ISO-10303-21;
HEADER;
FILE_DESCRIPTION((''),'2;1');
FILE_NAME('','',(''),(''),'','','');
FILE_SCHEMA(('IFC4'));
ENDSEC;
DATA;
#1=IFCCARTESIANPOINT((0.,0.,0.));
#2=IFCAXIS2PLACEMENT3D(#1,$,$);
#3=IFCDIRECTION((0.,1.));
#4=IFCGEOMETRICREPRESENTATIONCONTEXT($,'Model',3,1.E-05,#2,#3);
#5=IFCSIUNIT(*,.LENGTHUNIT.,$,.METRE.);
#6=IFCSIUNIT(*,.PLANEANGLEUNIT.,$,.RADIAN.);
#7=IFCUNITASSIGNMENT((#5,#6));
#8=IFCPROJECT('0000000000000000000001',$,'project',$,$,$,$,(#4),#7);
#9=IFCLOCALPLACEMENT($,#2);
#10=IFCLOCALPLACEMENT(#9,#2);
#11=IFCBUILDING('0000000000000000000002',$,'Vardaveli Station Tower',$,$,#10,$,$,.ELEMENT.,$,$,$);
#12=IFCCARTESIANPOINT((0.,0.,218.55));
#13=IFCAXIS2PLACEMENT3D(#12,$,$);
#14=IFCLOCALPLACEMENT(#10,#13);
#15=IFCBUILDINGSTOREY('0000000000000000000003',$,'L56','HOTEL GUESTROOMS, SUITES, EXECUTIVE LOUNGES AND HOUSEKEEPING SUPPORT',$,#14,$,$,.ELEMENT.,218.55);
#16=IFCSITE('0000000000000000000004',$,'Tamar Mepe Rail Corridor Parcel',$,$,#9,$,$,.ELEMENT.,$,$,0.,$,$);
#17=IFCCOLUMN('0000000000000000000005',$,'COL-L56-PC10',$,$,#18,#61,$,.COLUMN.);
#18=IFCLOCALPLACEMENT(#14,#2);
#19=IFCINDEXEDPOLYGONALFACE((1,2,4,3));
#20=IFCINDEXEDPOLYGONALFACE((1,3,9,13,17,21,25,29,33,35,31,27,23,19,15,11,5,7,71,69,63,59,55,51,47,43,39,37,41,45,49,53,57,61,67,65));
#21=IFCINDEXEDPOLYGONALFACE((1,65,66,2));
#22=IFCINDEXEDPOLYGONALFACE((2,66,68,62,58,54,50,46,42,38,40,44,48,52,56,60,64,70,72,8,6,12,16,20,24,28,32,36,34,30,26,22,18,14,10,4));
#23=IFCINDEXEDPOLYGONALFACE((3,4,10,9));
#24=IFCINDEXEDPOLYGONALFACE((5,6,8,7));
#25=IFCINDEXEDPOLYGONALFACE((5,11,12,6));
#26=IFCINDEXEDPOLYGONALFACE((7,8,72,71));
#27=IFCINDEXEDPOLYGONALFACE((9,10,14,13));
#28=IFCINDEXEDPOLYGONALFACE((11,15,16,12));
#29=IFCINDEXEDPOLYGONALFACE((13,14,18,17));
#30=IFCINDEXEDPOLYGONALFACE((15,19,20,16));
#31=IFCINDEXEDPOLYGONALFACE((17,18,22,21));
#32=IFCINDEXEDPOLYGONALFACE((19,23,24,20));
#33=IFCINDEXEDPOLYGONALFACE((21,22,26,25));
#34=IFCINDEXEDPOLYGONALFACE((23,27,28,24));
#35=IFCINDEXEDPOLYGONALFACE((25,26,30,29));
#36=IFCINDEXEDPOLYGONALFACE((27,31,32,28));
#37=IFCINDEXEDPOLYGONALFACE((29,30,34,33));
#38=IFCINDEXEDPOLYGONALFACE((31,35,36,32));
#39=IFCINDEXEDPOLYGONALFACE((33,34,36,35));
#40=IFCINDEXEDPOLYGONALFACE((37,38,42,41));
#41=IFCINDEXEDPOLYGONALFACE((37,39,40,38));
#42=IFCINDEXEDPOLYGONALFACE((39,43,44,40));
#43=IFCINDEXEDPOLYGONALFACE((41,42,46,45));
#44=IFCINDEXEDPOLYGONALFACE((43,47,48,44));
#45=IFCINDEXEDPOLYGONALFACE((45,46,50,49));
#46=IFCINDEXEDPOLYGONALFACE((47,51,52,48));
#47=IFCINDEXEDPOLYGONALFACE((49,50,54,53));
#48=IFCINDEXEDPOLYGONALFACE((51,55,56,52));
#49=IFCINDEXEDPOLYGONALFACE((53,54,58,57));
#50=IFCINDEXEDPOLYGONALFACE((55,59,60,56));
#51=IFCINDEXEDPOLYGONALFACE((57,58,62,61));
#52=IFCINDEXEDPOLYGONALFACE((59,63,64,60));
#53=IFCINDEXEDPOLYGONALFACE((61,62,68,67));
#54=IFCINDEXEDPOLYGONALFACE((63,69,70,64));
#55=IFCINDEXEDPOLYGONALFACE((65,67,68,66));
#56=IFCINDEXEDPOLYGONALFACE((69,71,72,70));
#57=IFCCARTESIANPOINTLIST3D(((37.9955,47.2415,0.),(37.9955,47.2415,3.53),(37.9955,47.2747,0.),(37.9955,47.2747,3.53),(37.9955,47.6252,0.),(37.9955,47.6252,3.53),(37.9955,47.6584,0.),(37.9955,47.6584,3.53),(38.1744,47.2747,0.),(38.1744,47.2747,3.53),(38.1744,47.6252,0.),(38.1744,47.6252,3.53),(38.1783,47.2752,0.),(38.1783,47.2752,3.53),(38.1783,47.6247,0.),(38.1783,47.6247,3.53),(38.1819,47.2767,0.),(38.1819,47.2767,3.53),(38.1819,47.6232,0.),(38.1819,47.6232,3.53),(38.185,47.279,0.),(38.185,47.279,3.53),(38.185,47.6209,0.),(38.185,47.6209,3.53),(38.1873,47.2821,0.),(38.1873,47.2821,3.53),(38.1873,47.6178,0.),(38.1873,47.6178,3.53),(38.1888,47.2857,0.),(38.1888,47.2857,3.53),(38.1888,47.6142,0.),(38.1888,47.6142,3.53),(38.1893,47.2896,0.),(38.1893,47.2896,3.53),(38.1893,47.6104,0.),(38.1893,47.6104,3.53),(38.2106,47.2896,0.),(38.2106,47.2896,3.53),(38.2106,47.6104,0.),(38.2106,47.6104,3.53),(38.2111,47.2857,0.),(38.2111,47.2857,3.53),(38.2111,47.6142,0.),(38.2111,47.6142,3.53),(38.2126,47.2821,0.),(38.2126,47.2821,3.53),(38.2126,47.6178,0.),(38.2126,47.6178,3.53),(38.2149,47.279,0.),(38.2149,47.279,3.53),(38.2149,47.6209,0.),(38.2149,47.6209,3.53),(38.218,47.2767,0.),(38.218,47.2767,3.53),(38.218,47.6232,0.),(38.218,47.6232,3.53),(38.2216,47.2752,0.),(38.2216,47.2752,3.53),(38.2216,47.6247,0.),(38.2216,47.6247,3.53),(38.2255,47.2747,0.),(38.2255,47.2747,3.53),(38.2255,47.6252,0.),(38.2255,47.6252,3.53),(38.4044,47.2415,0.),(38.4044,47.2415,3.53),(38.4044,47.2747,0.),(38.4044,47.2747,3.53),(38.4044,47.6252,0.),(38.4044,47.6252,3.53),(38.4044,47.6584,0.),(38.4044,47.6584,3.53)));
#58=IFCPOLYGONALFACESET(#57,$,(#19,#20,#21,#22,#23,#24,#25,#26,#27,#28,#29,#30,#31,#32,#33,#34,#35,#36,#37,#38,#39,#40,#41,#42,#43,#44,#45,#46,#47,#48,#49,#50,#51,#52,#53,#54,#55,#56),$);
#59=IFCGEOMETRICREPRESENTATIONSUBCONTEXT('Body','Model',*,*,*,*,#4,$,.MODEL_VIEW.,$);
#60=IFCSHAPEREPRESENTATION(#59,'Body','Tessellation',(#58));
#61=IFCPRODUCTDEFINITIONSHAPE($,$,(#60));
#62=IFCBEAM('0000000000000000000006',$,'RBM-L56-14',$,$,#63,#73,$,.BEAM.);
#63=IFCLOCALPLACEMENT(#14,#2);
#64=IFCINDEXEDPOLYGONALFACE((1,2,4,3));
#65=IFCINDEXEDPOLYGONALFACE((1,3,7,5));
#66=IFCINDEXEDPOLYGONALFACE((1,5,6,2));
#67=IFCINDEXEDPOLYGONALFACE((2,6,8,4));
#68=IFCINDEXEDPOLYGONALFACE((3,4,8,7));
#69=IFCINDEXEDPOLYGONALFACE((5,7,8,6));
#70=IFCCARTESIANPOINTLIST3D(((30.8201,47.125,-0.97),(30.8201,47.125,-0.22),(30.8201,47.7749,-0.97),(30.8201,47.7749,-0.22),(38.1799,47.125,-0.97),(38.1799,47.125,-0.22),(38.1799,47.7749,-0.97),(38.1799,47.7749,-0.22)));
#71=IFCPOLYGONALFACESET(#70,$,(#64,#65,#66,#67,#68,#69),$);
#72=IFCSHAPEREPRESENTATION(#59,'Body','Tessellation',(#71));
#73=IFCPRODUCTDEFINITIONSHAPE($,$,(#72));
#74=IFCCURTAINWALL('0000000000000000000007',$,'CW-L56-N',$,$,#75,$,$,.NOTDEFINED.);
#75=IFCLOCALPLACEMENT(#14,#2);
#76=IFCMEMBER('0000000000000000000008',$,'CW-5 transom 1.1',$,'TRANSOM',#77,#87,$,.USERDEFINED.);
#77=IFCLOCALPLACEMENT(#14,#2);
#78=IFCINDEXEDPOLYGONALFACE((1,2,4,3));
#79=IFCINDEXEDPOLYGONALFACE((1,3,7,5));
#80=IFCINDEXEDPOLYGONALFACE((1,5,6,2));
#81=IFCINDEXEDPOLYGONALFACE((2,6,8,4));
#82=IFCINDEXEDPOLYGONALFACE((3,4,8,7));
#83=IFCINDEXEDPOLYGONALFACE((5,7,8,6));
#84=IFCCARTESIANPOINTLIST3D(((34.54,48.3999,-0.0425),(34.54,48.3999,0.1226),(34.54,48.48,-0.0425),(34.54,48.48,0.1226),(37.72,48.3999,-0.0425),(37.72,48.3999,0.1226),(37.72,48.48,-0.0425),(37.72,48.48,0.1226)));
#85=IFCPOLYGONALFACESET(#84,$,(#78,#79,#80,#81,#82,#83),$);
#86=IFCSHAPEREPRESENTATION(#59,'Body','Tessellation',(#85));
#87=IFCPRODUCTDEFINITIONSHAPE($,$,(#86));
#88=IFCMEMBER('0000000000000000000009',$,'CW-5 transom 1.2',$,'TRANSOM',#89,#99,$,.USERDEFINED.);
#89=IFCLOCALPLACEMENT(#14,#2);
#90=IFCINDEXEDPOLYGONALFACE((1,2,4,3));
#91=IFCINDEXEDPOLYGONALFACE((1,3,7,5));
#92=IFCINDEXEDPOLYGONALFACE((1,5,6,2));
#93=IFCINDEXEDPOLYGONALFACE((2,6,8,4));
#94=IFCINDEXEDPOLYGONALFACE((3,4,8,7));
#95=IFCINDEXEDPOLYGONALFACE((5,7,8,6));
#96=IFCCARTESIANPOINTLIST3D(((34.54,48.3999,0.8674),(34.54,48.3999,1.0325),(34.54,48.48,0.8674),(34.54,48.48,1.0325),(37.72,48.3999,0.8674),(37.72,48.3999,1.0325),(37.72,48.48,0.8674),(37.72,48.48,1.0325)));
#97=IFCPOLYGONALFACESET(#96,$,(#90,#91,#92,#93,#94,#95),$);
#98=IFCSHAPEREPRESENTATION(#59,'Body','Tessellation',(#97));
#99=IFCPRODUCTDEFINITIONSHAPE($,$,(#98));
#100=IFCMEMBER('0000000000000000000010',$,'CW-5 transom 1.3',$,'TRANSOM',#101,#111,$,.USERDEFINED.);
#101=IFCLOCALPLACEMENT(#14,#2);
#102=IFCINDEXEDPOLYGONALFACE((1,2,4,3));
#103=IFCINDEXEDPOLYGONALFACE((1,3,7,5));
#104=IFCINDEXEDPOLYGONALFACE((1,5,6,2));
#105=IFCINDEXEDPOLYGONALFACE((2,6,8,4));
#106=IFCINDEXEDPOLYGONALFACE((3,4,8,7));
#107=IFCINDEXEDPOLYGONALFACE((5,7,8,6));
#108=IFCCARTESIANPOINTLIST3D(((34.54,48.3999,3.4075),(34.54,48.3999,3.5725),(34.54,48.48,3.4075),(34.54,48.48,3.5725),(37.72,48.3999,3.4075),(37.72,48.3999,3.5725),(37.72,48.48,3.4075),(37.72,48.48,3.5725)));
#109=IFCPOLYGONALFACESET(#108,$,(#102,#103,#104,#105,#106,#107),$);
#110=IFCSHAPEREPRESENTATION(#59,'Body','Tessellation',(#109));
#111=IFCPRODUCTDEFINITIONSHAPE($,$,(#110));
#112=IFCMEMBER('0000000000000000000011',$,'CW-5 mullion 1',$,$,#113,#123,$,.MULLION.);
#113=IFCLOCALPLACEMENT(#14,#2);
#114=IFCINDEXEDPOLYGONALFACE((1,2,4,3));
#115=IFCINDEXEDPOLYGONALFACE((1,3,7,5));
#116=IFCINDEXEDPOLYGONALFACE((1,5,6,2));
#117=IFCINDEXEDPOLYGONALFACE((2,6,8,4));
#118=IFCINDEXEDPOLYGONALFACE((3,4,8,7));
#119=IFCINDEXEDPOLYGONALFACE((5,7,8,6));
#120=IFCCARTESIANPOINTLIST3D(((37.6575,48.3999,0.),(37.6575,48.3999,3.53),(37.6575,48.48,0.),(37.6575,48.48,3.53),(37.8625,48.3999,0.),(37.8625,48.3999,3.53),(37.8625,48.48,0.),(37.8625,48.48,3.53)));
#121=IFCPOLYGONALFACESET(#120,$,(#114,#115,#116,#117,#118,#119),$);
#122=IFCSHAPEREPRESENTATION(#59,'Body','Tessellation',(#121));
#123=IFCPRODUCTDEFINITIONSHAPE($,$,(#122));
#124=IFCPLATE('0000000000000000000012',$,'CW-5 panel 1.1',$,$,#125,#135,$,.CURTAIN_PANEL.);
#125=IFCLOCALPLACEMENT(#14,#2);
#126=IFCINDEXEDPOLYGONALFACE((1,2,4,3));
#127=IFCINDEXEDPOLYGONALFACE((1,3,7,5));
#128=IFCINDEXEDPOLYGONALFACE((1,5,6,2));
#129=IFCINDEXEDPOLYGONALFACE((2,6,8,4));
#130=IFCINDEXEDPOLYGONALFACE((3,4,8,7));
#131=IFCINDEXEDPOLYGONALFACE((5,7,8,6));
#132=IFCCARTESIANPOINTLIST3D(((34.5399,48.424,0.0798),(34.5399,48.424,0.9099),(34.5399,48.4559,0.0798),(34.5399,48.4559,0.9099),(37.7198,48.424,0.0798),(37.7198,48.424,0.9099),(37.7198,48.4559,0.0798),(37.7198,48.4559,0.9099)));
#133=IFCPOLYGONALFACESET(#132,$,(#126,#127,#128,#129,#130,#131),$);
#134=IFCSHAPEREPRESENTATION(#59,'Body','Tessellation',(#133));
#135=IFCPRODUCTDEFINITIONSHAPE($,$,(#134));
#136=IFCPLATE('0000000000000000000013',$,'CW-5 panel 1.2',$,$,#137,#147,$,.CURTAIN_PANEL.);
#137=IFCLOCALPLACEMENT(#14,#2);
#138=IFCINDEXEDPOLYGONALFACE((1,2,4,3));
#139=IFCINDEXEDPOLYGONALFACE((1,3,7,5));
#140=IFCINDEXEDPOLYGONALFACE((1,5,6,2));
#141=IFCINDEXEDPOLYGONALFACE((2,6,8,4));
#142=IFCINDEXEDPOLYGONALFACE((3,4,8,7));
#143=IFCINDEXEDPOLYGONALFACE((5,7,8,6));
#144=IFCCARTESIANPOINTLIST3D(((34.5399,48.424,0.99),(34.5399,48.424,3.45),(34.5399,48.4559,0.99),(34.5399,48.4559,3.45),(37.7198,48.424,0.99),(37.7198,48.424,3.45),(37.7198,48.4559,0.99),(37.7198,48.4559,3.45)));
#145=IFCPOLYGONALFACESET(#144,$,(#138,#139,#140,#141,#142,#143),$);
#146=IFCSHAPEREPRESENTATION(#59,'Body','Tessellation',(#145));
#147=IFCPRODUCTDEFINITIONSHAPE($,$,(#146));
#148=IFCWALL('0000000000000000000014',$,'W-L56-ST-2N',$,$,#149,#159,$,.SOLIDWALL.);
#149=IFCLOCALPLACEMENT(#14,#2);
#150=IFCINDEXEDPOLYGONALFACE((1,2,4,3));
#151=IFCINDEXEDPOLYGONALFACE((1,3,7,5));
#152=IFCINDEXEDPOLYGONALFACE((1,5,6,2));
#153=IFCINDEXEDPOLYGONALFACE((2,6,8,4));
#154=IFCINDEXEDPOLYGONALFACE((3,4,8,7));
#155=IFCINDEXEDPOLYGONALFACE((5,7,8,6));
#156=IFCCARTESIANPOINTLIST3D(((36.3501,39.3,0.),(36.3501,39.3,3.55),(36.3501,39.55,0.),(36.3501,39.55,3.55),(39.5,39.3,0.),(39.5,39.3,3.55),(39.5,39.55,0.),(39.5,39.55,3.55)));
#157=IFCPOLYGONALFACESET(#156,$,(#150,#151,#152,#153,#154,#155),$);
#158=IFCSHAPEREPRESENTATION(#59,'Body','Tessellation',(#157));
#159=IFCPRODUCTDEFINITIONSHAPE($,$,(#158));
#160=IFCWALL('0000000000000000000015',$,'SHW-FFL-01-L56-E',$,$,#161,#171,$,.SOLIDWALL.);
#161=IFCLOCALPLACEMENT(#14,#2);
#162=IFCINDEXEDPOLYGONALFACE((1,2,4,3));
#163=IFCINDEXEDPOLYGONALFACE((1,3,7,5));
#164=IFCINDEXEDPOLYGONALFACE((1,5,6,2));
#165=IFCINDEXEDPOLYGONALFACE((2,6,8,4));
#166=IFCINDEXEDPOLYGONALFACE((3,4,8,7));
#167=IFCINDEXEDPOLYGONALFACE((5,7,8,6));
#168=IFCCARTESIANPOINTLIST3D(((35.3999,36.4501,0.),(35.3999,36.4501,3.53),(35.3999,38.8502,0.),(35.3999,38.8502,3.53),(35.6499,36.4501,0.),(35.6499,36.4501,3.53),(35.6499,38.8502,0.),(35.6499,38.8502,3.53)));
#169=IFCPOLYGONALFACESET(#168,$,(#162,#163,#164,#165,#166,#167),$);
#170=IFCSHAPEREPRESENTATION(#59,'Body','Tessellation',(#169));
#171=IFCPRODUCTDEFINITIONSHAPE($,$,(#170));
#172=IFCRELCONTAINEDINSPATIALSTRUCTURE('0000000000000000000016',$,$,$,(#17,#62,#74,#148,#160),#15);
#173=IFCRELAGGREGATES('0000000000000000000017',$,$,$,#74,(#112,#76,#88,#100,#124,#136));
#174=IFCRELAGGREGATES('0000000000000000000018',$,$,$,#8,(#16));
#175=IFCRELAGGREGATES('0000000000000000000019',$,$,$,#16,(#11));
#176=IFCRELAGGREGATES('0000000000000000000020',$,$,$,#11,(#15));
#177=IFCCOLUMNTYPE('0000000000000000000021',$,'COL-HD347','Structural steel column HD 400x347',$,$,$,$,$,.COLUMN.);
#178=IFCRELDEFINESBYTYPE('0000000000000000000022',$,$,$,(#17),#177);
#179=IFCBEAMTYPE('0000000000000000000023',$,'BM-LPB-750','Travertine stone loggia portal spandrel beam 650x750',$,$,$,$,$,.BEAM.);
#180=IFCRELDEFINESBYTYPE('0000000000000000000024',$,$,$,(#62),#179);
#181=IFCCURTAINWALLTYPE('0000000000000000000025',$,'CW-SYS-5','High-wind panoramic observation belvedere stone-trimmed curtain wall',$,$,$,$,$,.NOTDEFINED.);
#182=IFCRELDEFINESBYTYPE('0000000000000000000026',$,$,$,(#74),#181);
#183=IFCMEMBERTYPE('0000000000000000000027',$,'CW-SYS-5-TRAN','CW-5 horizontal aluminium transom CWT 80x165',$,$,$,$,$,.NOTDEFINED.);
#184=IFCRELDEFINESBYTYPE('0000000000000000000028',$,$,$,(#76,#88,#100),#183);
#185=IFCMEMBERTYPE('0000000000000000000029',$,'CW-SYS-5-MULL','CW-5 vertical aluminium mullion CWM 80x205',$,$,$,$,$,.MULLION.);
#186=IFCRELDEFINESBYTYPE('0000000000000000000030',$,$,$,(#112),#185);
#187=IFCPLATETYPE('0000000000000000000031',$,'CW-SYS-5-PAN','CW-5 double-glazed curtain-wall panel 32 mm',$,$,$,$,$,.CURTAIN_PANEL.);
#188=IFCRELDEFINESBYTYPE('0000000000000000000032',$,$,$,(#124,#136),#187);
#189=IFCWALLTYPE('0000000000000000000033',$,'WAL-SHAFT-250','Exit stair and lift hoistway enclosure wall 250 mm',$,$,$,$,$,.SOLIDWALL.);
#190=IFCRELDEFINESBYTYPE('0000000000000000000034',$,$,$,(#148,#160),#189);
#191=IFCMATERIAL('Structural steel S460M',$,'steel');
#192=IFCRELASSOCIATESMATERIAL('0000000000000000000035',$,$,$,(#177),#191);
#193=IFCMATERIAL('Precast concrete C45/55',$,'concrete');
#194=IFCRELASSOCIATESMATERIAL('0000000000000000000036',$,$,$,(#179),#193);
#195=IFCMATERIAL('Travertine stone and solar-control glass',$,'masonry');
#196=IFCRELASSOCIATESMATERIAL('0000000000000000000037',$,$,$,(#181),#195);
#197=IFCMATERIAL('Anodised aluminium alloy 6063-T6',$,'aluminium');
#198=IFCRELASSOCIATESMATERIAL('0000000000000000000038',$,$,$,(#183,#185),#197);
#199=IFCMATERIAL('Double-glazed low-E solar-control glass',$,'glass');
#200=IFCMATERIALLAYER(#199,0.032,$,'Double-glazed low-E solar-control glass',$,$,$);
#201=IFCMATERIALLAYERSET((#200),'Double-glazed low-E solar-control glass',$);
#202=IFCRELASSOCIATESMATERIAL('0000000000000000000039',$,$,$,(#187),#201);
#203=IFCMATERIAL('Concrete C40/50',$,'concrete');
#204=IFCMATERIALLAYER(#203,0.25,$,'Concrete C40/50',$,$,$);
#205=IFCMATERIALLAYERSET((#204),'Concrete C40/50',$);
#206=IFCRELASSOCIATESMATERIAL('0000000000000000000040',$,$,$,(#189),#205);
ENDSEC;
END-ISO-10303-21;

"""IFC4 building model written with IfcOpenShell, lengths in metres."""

from ifc_helpers import new_model, si_unit, direction, frame, frame_2d, origin, origin_2d, place, context, subcontext, project, spatial, rectangle, i_section, extrude, source, transform, mapped, material, layer, layer_set, material_profile, profile_set, type_object, element, aggregate, save


model = new_model("IFC4")

# Units and contexts
model_context = context("Model", 3, precision=1e-05, world=origin(), true_north=direction((0.0, 1.0)))
body_context = subcontext(model_context, "Body", "Model", "MODEL_VIEW")
ifc_project = project(units=[si_unit("LENGTHUNIT", "METRE"), si_unit("PLANEANGLEUNIT", "RADIAN")], contexts=[model_context])

# Site, building, storey
site_placement = place(None, origin())
site = spatial("IfcSite", under=ifc_project, at=site_placement, Name="Tamar Mepe Rail Corridor Parcel", CompositionType="ELEMENT", RefElevation=0.0)
building_placement = place(site_placement, origin())
building = spatial("IfcBuilding", under=site, at=building_placement, Name="Vardaveli Station Tower", CompositionType="ELEMENT")
storey_placement = place(building_placement, frame((0.0, 0.0, 218.55)))
storey = spatial("IfcBuildingStorey", under=building, at=storey_placement, Name="L56", Description="HOTEL GUESTROOMS, SUITES, EXECUTIVE LOUNGES AND HOUSEKEEPING SUPPORT", CompositionType="ELEMENT", Elevation=218.55)

# Column
ifc_material_1 = material(Name="Structural steel S460M", Category="steel")
ifc_material_profile_1 = material_profile(ifc_material_1, i_section(OverallWidth=0.4089, OverallDepth=0.417, WebThickness=0.0212, FlangeThickness=0.0332, FilletRadius=0.0149, at=origin_2d()), Name="HD 400x347")
ifc_profile_set_1 = profile_set([ifc_material_profile_1], Name="Structural steel S460M")
column_type = type_object("IfcColumnType", Name="COL-HD347", Description="Structural steel column HD 400x347", PredefinedType="COLUMN", material=ifc_profile_set_1)
shared_shape_1 = source(origin(), body_context, "Body", "SweptSolid", [
    extrude(i_section(OverallWidth=0.4089, OverallDepth=0.417, WebThickness=0.0212, FlangeThickness=0.0332, FilletRadius=0.0149, at=origin_2d()), origin(), (0.0, 0.0, 1.0), 3.53),
])
column_placement = place(storey_placement, frame((38.2, 47.45, 0.0), z_axis=(0.0, 0.0, 1.0), x_axis=(1.0, 0.0, 0.0)))
element("IfcColumn", 1, at=column_placement, inside=storey, type_object=column_type, Name="COL-L56-PC10", PredefinedType="COLUMN", context=body_context, shape_type="MappedRepresentation", body=[
    mapped(shared_shape_1, transform((0.0, 0.0, 0.0), scale=1.0)),
])

# Beam
ifc_material_2 = material(Name="Precast concrete C45/55", Category="concrete")
ifc_material_profile_2 = material_profile(ifc_material_2, rectangle(XDim=0.6499, YDim=0.75, at=origin_2d()), Name="LPB 650x750")
ifc_profile_set_2 = profile_set([ifc_material_profile_2], Name="Precast concrete C45/55")
beam_type = type_object("IfcBeamType", Name="BM-LPB-750", Description="Travertine stone loggia portal spandrel beam 650x750", PredefinedType="BEAM", material=ifc_profile_set_2)
shared_shape_2 = source(origin(), body_context, "Body", "SweptSolid", [
    extrude(rectangle(XDim=0.6499, YDim=0.75, at=origin_2d()), origin(), (0.0, 0.0, 1.0), 7.3599),
])
beam_placement = place(storey_placement, frame((38.1799, 47.45, -0.595), z_axis=(-1.0, 0.0, 0.0), x_axis=(0.0, -1.0, 0.0)))
element("IfcBeam", 2, at=beam_placement, inside=storey, type_object=beam_type, Name="RBM-L56-14", PredefinedType="BEAM", context=body_context, shape_type="MappedRepresentation", body=[
    mapped(shared_shape_2, transform((0.0, 0.0, 0.0), scale=1.0)),
])

# Curtain wall, members, plates
ifc_material_3 = material(Name="Travertine stone and solar-control glass", Category="masonry")
curtain_wall_type = type_object("IfcCurtainWallType", Name="CW-SYS-5", Description="High-wind panoramic observation belvedere stone-trimmed curtain wall", PredefinedType="NOTDEFINED", material=ifc_material_3)
curtain_wall_placement = place(storey_placement, origin())
curtain_wall = element("IfcCurtainWall", 3, at=curtain_wall_placement, inside=storey, type_object=curtain_wall_type, Name="CW-L56-N", PredefinedType="NOTDEFINED")
ifc_material_4 = material(Name="Anodised aluminium alloy 6063-T6", Category="aluminium")
ifc_material_profile_3 = material_profile(ifc_material_4, rectangle(XDim=0.0801, YDim=0.165, at=origin_2d()), Name="CWT 80x165")
ifc_profile_set_3 = profile_set([ifc_material_profile_3], Name="Anodised aluminium alloy 6063-T6")
member_type_1 = type_object("IfcMemberType", Name="CW-SYS-5-TRAN", Description="CW-5 horizontal aluminium transom CWT 80x165", PredefinedType="NOTDEFINED", material=ifc_profile_set_3)
shared_shape_3 = source(origin(), body_context, "Body", "SweptSolid", [
    extrude(rectangle(XDim=0.0801, YDim=0.165, at=origin_2d()), origin(), (0.0, 0.0, 1.0), 3.1799),
])
member_1_placement = place(storey_placement, frame((37.72, 48.4399, 0.04), z_axis=(-1.0, 0.0, 0.0), x_axis=(0.0, -1.0, 0.0)))
member_1 = element("IfcMember", 4, at=member_1_placement, type_object=member_type_1, Name="CW-5 transom 1.1", ObjectType="TRANSOM", PredefinedType="USERDEFINED", context=body_context, shape_type="MappedRepresentation", body=[
    mapped(shared_shape_3, transform((0.0, 0.0, 0.0), scale=1.0)),
])
member_2_placement = place(storey_placement, frame((37.72, 48.4399, 0.95), z_axis=(-1.0, 0.0, 0.0), x_axis=(0.0, -1.0, 0.0)))
member_2 = element("IfcMember", 5, at=member_2_placement, type_object=member_type_1, Name="CW-5 transom 1.2", ObjectType="TRANSOM", PredefinedType="USERDEFINED", context=body_context, shape_type="MappedRepresentation", body=[
    mapped(shared_shape_3, transform((0.0, 0.0, 0.0), scale=1.0)),
])
member_3_placement = place(storey_placement, frame((37.72, 48.4399, 3.49), z_axis=(-1.0, 0.0, 0.0), x_axis=(0.0, -1.0, 0.0)))
member_3 = element("IfcMember", 6, at=member_3_placement, type_object=member_type_1, Name="CW-5 transom 1.3", ObjectType="TRANSOM", PredefinedType="USERDEFINED", context=body_context, shape_type="MappedRepresentation", body=[
    mapped(shared_shape_3, transform((0.0, 0.0, 0.0), scale=1.0)),
])
ifc_material_profile_4 = material_profile(ifc_material_4, rectangle(XDim=0.0801, YDim=0.2051, at=origin_2d()), Name="CWM 80x205")
ifc_profile_set_4 = profile_set([ifc_material_profile_4], Name="Anodised aluminium alloy 6063-T6")
member_type_2 = type_object("IfcMemberType", Name="CW-SYS-5-MULL", Description="CW-5 vertical aluminium mullion CWM 80x205", PredefinedType="MULLION", material=ifc_profile_set_4)
shared_shape_4 = source(origin(), body_context, "Body", "SweptSolid", [
    extrude(rectangle(XDim=0.0801, YDim=0.2051, at=origin_2d()), origin(), (0.0, 0.0, 1.0), 3.53),
])
member_4_placement = place(storey_placement, frame((37.76, 48.4399, 0.0), z_axis=(0.0, 0.0, 1.0), x_axis=(0.0, -1.0, 0.0)))
member_4 = element("IfcMember", 7, at=member_4_placement, type_object=member_type_2, Name="CW-5 mullion 1", PredefinedType="MULLION", context=body_context, shape_type="MappedRepresentation", body=[
    mapped(shared_shape_4, transform((0.0, 0.0, 0.0), scale=1.0)),
])
ifc_material_5 = material(Name="Double-glazed low-E solar-control glass", Category="glass")
ifc_layer_1 = layer(ifc_material_5, 0.032, Name="Double-glazed low-E solar-control glass")
ifc_layer_set_1 = layer_set([ifc_layer_1], Name="Double-glazed low-E solar-control glass")
plate_type = type_object("IfcPlateType", Name="CW-SYS-5-PAN", Description="CW-5 double-glazed curtain-wall panel 32 mm", PredefinedType="CURTAIN_PANEL", material=ifc_layer_set_1)
shared_shape_5 = source(origin(), body_context, "Body", "SweptSolid", [
    extrude(rectangle(XDim=3.1799, YDim=0.032, at=origin_2d()), origin(), (0.0, 0.0, 1.0), 0.8301),
])
plate_1_placement = place(storey_placement, frame((36.1299, 48.4399, 0.0798), z_axis=(0.0, 0.0, 1.0), x_axis=(-1.0, 0.0, 0.0)))
plate_1 = element("IfcPlate", 8, at=plate_1_placement, type_object=plate_type, Name="CW-5 panel 1.1", PredefinedType="CURTAIN_PANEL", context=body_context, shape_type="MappedRepresentation", body=[
    mapped(shared_shape_5, transform((0.0, 0.0, 0.0), scale=1.0)),
])
shared_shape_6 = source(origin(), body_context, "Body", "SweptSolid", [
    extrude(rectangle(XDim=3.1799, YDim=0.032, at=origin_2d()), origin(), (0.0, 0.0, 1.0), 2.46),
])
plate_2_placement = place(storey_placement, frame((36.1299, 48.4399, 0.99), z_axis=(0.0, 0.0, 1.0), x_axis=(-1.0, 0.0, 0.0)))
plate_2 = element("IfcPlate", 9, at=plate_2_placement, type_object=plate_type, Name="CW-5 panel 1.2", PredefinedType="CURTAIN_PANEL", context=body_context, shape_type="MappedRepresentation", body=[
    mapped(shared_shape_6, transform((0.0, 0.0, 0.0), scale=1.0)),
])
aggregate(curtain_wall, [member_4, member_1, member_2, member_3, plate_1, plate_2])

# Walls
ifc_material_6 = material(Name="Concrete C40/50", Category="concrete")
ifc_layer_2 = layer(ifc_material_6, 0.25, Name="Concrete C40/50")
ifc_layer_set_2 = layer_set([ifc_layer_2], Name="Concrete C40/50")
wall_type_1 = type_object("IfcWallType", Name="WAL-SHAFT-250", Description="Exit stair and lift hoistway enclosure wall 250 mm", PredefinedType="SOLIDWALL", material=ifc_layer_set_2)
shared_shape_7 = source(origin(), body_context, "Body", "SweptSolid", [
    extrude(rectangle(XDim=3.1499, YDim=0.25, at=frame_2d((1.575, 0.0))), origin(), (0.0, 0.0, 1.0), 3.55),
])
wall_1_placement = place(storey_placement, frame((36.3501, 39.425, 0.0), z_axis=(0.0, 0.0, 1.0), x_axis=(1.0, 0.0, 0.0)))
element("IfcWall", 10, at=wall_1_placement, inside=storey, type_object=wall_type_1, Name="W-L56-ST-2N", PredefinedType="SOLIDWALL", context=body_context, shape_type="MappedRepresentation", body=[
    mapped(shared_shape_7, transform((0.0, 0.0, 0.0), scale=1.0)),
])
shared_shape_8 = source(origin(), body_context, "Body", "SweptSolid", [
    extrude(rectangle(XDim=2.4001, YDim=0.25, at=frame_2d((1.2002, 0.0))), origin(), (0.0, 0.0, 1.0), 3.53),
])
for number, where, z_axis, x_axis, name in (
    (11, (35.5249, 36.45, 0.0), (0.0, 0.0, 1.0), (0.0, 1.0, 0.0), "SHW-FFL-01-L56-E"),
):
    element("IfcWall", number, at=place(storey_placement, frame(where, z_axis=z_axis, x_axis=x_axis)), inside=storey, type_object=wall_type_1, Name=name, PredefinedType="SOLIDWALL", context=body_context, shape_type="MappedRepresentation", body=[
        mapped(shared_shape_8, transform((0.0, 0.0, 0.0), scale=1.0)),
    ])

save(model, "model.ifc")
